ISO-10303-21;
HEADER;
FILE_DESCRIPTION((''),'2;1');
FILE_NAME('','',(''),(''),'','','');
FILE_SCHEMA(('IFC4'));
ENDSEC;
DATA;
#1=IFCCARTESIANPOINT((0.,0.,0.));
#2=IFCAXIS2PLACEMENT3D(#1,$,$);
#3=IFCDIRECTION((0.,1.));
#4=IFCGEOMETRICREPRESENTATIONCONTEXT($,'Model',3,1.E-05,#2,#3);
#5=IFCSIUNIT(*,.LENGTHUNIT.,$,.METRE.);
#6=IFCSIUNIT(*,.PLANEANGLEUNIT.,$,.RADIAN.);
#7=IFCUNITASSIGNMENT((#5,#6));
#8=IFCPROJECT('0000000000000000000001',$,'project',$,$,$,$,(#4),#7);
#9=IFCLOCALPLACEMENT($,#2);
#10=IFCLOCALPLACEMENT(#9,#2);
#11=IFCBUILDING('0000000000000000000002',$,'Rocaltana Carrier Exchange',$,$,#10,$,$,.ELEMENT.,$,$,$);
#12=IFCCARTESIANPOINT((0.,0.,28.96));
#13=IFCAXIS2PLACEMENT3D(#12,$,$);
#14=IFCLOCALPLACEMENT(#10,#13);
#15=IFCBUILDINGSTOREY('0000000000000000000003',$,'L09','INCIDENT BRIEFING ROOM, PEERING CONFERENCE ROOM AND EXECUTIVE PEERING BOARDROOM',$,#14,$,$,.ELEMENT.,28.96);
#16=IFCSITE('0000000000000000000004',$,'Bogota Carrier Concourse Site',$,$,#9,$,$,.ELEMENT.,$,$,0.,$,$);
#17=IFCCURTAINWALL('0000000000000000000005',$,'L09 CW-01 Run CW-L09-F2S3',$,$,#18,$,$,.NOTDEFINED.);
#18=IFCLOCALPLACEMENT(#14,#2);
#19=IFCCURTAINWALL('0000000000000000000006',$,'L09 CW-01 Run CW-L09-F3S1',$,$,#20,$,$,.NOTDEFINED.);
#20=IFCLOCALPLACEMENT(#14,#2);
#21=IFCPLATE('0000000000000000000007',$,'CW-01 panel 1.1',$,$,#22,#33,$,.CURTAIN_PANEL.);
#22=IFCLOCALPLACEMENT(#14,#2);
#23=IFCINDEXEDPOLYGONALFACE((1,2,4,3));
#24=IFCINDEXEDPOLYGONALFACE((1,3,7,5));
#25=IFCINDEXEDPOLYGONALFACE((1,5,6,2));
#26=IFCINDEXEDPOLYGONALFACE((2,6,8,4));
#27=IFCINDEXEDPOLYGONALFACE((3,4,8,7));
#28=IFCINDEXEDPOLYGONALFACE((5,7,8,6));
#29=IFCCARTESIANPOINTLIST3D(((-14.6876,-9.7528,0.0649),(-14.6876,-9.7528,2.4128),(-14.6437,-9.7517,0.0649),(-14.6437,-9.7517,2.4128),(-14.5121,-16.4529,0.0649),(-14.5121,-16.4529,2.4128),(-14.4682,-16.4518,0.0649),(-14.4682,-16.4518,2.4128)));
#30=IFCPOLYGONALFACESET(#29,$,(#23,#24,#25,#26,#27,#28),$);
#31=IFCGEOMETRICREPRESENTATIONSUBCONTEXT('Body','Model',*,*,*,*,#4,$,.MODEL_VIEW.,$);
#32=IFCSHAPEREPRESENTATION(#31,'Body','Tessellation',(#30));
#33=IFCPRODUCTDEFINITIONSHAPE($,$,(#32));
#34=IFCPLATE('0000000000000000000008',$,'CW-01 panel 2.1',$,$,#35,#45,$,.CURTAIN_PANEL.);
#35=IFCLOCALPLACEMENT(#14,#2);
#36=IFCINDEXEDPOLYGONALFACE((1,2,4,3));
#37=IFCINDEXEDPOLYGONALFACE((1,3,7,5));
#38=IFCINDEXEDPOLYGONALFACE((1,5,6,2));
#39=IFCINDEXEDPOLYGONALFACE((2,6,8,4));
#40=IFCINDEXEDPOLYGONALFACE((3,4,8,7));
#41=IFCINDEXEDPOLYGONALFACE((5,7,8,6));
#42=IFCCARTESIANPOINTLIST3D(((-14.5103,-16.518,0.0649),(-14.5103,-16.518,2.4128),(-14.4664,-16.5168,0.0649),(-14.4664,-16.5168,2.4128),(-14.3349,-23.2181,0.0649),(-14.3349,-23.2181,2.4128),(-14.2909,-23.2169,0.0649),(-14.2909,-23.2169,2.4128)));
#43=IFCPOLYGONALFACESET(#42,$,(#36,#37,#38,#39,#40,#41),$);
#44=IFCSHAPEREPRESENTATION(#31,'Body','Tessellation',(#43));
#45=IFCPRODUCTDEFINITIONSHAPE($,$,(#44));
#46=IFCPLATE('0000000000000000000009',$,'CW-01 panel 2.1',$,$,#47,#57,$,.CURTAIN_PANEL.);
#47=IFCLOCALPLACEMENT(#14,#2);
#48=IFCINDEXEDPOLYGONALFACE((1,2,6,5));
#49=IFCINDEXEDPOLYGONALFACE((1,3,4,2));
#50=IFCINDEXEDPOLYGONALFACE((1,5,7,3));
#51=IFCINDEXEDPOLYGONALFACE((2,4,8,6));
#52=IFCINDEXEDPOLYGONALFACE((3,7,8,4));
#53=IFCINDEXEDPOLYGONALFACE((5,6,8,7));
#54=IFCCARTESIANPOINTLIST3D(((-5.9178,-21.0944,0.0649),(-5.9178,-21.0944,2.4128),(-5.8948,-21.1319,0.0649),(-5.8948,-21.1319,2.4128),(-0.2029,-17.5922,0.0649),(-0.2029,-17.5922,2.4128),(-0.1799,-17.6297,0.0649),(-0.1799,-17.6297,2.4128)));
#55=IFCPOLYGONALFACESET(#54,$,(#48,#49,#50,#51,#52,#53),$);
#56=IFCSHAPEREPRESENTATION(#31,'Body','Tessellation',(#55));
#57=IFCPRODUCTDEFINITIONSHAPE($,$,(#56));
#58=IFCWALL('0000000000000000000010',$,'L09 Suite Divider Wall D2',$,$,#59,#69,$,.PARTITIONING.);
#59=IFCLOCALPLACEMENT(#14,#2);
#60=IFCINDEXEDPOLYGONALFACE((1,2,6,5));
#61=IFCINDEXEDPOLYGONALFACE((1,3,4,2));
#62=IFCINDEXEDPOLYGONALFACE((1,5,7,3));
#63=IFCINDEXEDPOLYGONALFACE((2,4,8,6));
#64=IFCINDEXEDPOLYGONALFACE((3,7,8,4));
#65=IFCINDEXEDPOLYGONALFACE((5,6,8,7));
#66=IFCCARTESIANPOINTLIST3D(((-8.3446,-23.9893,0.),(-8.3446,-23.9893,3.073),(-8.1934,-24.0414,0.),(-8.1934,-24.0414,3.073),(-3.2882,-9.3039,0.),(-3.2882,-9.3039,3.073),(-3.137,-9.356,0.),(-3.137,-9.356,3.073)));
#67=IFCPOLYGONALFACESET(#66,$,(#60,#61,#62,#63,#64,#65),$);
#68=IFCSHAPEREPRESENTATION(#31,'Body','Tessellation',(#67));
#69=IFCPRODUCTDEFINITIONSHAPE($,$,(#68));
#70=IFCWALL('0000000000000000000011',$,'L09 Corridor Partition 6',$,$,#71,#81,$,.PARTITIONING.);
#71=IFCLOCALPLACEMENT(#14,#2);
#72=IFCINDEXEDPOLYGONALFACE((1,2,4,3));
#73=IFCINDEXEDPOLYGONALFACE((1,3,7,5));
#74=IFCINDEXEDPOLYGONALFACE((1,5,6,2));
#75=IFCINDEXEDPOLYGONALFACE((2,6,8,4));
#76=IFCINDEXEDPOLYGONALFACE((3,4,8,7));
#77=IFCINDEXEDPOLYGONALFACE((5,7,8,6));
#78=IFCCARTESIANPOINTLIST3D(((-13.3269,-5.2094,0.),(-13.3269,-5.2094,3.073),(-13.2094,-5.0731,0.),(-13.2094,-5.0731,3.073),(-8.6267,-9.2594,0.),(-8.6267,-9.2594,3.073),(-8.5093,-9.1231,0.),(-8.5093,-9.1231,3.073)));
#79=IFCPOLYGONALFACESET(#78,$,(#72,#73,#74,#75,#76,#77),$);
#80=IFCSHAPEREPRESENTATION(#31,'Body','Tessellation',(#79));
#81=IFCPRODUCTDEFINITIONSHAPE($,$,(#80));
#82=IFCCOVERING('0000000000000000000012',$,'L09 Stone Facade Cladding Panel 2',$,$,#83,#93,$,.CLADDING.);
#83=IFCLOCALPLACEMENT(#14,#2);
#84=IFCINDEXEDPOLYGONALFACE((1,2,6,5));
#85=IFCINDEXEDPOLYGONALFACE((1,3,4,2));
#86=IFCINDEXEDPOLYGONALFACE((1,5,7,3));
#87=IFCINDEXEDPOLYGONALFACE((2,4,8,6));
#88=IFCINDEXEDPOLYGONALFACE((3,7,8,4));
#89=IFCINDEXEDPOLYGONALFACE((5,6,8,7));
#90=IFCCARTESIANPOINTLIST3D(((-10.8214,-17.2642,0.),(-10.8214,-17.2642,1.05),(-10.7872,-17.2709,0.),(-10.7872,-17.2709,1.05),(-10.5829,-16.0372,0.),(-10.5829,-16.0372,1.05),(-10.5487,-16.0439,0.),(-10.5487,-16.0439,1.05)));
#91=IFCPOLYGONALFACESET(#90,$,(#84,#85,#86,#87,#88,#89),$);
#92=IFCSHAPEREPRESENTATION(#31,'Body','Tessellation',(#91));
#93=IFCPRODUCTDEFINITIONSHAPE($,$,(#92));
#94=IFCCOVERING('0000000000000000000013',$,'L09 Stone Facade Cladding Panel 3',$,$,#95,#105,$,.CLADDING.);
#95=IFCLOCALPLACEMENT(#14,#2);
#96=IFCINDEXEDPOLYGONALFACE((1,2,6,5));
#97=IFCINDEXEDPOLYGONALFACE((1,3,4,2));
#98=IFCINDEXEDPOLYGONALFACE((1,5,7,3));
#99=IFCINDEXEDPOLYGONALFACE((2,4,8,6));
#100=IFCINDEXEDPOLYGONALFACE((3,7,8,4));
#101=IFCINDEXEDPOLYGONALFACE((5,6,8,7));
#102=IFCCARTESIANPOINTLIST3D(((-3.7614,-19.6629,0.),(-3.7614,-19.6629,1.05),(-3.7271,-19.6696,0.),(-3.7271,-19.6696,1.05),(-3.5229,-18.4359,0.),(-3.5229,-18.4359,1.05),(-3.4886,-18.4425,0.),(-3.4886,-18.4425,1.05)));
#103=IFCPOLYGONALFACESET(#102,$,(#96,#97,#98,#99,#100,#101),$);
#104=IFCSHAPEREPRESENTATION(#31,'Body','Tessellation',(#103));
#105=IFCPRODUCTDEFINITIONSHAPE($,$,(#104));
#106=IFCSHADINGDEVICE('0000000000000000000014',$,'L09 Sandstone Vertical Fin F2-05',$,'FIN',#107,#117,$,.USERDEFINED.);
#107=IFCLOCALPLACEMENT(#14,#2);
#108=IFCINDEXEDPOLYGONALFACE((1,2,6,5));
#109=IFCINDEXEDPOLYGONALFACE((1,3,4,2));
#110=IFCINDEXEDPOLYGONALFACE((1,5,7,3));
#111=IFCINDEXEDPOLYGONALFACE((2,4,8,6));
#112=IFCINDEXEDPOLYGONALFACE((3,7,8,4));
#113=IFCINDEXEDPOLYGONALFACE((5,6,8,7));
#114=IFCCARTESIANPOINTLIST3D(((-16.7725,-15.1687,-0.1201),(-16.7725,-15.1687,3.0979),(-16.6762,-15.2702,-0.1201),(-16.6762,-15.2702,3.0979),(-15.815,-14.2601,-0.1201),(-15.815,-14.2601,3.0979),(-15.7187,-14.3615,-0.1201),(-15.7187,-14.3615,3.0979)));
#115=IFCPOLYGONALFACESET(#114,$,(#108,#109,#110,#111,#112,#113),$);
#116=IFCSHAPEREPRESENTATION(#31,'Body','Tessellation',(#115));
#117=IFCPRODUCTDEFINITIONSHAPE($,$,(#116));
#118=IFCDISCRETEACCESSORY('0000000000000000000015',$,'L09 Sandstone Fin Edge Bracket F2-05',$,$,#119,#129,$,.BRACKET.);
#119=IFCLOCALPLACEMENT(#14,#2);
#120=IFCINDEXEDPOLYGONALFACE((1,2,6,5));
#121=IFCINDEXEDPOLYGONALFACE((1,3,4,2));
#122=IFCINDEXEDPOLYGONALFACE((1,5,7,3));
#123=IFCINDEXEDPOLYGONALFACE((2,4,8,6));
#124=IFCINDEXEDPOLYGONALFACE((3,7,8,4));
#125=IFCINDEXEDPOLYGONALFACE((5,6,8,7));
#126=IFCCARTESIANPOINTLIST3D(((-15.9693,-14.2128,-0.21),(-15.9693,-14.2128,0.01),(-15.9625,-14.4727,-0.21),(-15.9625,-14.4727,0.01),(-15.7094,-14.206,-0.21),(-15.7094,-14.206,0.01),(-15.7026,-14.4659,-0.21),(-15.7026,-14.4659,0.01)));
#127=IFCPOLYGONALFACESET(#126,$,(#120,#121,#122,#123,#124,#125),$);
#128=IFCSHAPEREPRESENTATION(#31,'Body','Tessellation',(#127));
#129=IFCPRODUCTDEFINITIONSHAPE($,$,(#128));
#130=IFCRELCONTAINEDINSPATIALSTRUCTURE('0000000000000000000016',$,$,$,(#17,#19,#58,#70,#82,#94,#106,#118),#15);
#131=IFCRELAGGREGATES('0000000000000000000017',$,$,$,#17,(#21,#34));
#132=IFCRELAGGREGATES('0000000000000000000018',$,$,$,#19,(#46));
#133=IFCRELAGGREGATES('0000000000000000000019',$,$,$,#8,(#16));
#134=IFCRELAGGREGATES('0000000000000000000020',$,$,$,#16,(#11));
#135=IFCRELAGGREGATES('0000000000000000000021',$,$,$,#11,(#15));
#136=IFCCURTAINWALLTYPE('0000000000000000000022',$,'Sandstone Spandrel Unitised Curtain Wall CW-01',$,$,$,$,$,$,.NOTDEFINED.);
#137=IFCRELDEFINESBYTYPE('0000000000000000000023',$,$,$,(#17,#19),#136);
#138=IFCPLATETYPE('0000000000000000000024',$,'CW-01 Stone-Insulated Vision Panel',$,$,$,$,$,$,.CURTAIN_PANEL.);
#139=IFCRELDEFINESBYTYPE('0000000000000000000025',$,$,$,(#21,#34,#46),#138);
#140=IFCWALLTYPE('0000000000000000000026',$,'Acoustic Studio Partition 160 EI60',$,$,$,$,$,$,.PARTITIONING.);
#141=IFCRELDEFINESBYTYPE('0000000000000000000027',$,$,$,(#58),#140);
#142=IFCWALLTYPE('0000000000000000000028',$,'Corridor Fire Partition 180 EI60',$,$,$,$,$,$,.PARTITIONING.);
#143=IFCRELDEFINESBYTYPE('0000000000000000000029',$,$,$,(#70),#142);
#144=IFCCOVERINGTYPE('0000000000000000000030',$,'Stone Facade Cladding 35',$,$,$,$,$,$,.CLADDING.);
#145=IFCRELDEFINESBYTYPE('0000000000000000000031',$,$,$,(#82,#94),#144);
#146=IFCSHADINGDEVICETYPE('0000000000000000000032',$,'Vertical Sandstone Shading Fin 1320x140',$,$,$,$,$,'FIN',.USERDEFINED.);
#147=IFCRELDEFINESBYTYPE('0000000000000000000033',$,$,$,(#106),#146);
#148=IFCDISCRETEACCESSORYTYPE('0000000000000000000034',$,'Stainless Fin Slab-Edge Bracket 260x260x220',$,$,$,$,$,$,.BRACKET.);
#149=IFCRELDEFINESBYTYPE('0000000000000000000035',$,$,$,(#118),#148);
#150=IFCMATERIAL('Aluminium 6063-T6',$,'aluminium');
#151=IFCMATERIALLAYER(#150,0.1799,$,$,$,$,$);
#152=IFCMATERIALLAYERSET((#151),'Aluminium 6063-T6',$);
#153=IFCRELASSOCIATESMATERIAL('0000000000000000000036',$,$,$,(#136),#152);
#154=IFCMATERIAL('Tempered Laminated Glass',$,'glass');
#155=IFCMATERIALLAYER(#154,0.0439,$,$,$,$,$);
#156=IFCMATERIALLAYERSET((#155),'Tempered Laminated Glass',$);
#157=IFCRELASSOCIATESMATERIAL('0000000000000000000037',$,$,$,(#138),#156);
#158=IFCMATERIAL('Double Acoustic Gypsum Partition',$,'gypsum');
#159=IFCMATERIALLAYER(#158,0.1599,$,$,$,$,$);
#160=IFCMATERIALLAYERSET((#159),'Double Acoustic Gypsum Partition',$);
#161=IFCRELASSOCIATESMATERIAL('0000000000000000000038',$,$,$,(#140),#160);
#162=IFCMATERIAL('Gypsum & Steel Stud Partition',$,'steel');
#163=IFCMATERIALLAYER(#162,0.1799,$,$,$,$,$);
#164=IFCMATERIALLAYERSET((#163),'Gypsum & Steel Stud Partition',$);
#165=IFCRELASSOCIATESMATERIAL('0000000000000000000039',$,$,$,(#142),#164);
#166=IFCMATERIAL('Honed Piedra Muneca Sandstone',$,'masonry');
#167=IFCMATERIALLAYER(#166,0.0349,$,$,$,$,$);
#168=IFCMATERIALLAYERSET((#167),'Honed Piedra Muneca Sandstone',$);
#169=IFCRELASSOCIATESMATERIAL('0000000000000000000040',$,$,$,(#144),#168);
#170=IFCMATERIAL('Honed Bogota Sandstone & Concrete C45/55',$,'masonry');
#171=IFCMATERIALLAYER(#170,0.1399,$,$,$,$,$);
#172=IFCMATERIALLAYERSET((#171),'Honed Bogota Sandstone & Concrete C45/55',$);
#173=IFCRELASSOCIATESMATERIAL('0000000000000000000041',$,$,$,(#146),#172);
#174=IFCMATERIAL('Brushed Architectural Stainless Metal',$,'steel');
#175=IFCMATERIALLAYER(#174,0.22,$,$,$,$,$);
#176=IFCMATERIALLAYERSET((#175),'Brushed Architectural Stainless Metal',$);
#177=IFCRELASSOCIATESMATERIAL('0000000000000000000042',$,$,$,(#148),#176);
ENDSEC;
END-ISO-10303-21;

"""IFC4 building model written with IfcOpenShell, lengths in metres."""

from ifc_helpers import new_model, si_unit, direction, frame, frame_2d, origin, origin_2d, place, context, subcontext, project, spatial, rectangle, extrude, material, layer, layer_set, type_object, element, aggregate, save


model = new_model("IFC4")

# Units and contexts
model_context = context("Model", 3, precision=1e-05, world=origin(), true_north=direction((0.0, 1.0)))
body_context = subcontext(model_context, "Body", "Model", "MODEL_VIEW")
ifc_project = project(units=[si_unit("LENGTHUNIT", "METRE"), si_unit("PLANEANGLEUNIT", "RADIAN")], contexts=[model_context])

# Site, building, storey
site_placement = place(None, origin())
site = spatial("IfcSite", under=ifc_project, at=site_placement, Name="Bogota Carrier Concourse Site", CompositionType="ELEMENT", RefElevation=0.0)
building_placement = place(site_placement, origin())
building = spatial("IfcBuilding", under=site, at=building_placement, Name="Rocaltana Carrier Exchange", CompositionType="ELEMENT")
storey_placement = place(building_placement, frame((0.0, 0.0, 28.96)))
storey = spatial("IfcBuildingStorey", under=building, at=storey_placement, Name="L09", Description="INCIDENT BRIEFING ROOM, PEERING CONFERENCE ROOM AND EXECUTIVE PEERING BOARDROOM", CompositionType="ELEMENT", Elevation=28.96)

# Curtain wall
ifc_material_1 = material(Name="Aluminium 6063-T6", Category="aluminium")
ifc_layer_1 = layer(ifc_material_1, 0.1799)
ifc_layer_set_1 = layer_set([ifc_layer_1], Name="Aluminium 6063-T6")
curtain_wall_type = type_object("IfcCurtainWallType", Name="Sandstone Spandrel Unitised Curtain Wall CW-01", PredefinedType="NOTDEFINED", material=ifc_layer_set_1)
curtain_wall_1_placement = place(storey_placement, origin())
curtain_wall_1 = element("IfcCurtainWall", 1, at=curtain_wall_1_placement, inside=storey, type_object=curtain_wall_type, Name="L09 CW-01 Run CW-L09-F2S3", PredefinedType="NOTDEFINED")

# Curtain wall
curtain_wall_2_placement = place(storey_placement, origin())
curtain_wall_2 = element("IfcCurtainWall", 2, at=curtain_wall_2_placement, inside=storey, type_object=curtain_wall_type, Name="L09 CW-01 Run CW-L09-F3S1", PredefinedType="NOTDEFINED")

# Plates
ifc_material_2 = material(Name="Tempered Laminated Glass", Category="glass")
ifc_layer_2 = layer(ifc_material_2, 0.0439)
ifc_layer_set_2 = layer_set([ifc_layer_2], Name="Tempered Laminated Glass")
plate_type = type_object("IfcPlateType", Name="CW-01 Stone-Insulated Vision Panel", PredefinedType="CURTAIN_PANEL", material=ifc_layer_set_2)
plate_1_placement = place(storey_placement, frame((-14.5779, -13.1023, 0.0649), z_axis=(0.0, 0.0, 1.0), x_axis=(0.026184, -0.999657, 0.0)))
plate_1 = element("IfcPlate", 3, at=plate_1_placement, type_object=plate_type, Name="CW-01 panel 1.1", PredefinedType="CURTAIN_PANEL", context=body_context, shape_type="SweptSolid", body=[
    extrude(rectangle(XDim=6.7024, YDim=0.0439, at=origin_2d()), origin(), (0.0, 0.0, 1.0), 2.3479),
])
plate_2_placement = place(storey_placement, frame((-14.4006, -19.8674, 0.0649), z_axis=(0.0, 0.0, 1.0), x_axis=(0.026184, -0.999657, 0.0)))
plate_2 = element("IfcPlate", 4, at=plate_2_placement, type_object=plate_type, Name="CW-01 panel 2.1", PredefinedType="CURTAIN_PANEL", context=body_context, shape_type="SweptSolid", body=[
    extrude(rectangle(XDim=6.7024, YDim=0.0439, at=origin_2d()), origin(), (0.0, 0.0, 1.0), 2.3479),
])
aggregate(curtain_wall_1, [plate_1, plate_2])
plate_3_placement = place(storey_placement, frame((-3.0488, -19.3621, 0.0649), z_axis=(0.0, 0.0, 1.0), x_axis=(0.852636, 0.522505, 0.0)))
plate_3 = element("IfcPlate", 5, at=plate_3_placement, type_object=plate_type, Name="CW-01 panel 2.1", PredefinedType="CURTAIN_PANEL", context=body_context, shape_type="SweptSolid", body=[
    extrude(rectangle(XDim=6.7026, YDim=0.0439, at=origin_2d()), origin(), (0.0, 0.0, 1.0), 2.3479),
])
aggregate(curtain_wall_2, [plate_3])

# Walls
ifc_material_3 = material(Name="Double Acoustic Gypsum Partition", Category="gypsum")
ifc_layer_3 = layer(ifc_material_3, 0.1599)
ifc_layer_set_3 = layer_set([ifc_layer_3], Name="Double Acoustic Gypsum Partition")
wall_type_1 = type_object("IfcWallType", Name="Acoustic Studio Partition 160 EI60", PredefinedType="PARTITIONING", material=ifc_layer_set_3)
wall_1_placement = place(storey_placement, frame((-3.2126, -9.3301, 0.0), z_axis=(0.0, 0.0, 1.0), x_axis=(-0.325559, -0.945522, 0.0)))
element("IfcWall", 6, at=wall_1_placement, inside=storey, type_object=wall_type_1, Name="L09 Suite Divider Wall D2", PredefinedType="PARTITIONING", context=body_context, shape_type="SweptSolid", body=[
    extrude(rectangle(XDim=15.5315, YDim=0.1599, at=frame_2d((7.7656, 0.0))), origin(), (0.0, 0.0, 1.0), 3.073),
])
ifc_material_4 = material(Name="Gypsum & Steel Stud Partition", Category="steel")
ifc_layer_4 = layer(ifc_material_4, 0.1799)
ifc_layer_set_4 = layer_set([ifc_layer_4], Name="Gypsum & Steel Stud Partition")
wall_type_2 = type_object("IfcWallType", Name="Corridor Fire Partition 180 EI60", PredefinedType="PARTITIONING", material=ifc_layer_set_4)
wall_2_placement = place(storey_placement, frame((-8.5681, -9.1912, 0.0), z_axis=(0.0, 0.0, 1.0), x_axis=(-0.757557, 0.652769, 0.0)))
element("IfcWall", 7, at=wall_2_placement, inside=storey, type_object=wall_type_2, Name="L09 Corridor Partition 6", PredefinedType="PARTITIONING", context=body_context, shape_type="SweptSolid", body=[
    extrude(rectangle(XDim=6.2043, YDim=0.1799, at=frame_2d((3.1021, 0.0))), origin(), (0.0, 0.0, 1.0), 3.073),
])

# Coverings
ifc_material_5 = material(Name="Honed Piedra Muneca Sandstone", Category="masonry")
ifc_layer_5 = layer(ifc_material_5, 0.0349)
ifc_layer_set_5 = layer_set([ifc_layer_5], Name="Honed Piedra Muneca Sandstone")
covering_type = type_object("IfcCoveringType", Name="Stone Facade Cladding 35", PredefinedType="CLADDING", material=ifc_layer_set_5)
for number, where, z_axis, x_axis, name in (
    (8, (-10.6851, -16.6541, 0.0), (0.0, 0.0, 1.0), (0.190809, 0.981627, 0.0), "L09 Stone Facade Cladding Panel 2"),
    (9, (-3.625, -19.0527, 0.0), (0.0, 0.0, 1.0), (0.190809, 0.981627, 0.0), "L09 Stone Facade Cladding Panel 3"),
):
    element("IfcCovering", number, at=place(storey_placement, frame(where, z_axis=z_axis, x_axis=x_axis)), inside=storey, type_object=covering_type, Name=name, PredefinedType="CLADDING", context=body_context, shape_type="SweptSolid", body=[
        extrude(rectangle(XDim=1.25, YDim=0.0349, at=origin_2d()), origin(), (0.0, 0.0, 1.0), 1.05),
    ])

# Shading device
ifc_material_6 = material(Name="Honed Bogota Sandstone & Concrete C45/55", Category="masonry")
ifc_layer_6 = layer(ifc_material_6, 0.1399)
ifc_layer_set_6 = layer_set([ifc_layer_6], Name="Honed Bogota Sandstone & Concrete C45/55")
shading_device_type = type_object("IfcShadingDeviceType", Name="Vertical Sandstone Shading Fin 1320x140", ElementType="FIN", PredefinedType="USERDEFINED", material=ifc_layer_set_6)
shading_device_placement = place(storey_placement, frame((-16.2456, -14.7651, -0.1201), z_axis=(0.0, 0.0, 1.0), x_axis=(-0.725374, -0.688355, 0.0)))
element("IfcShadingDevice", 10, at=shading_device_placement, inside=storey, type_object=shading_device_type, Name="L09 Sandstone Vertical Fin F2-05", ObjectType="FIN", PredefinedType="USERDEFINED", context=body_context, shape_type="SweptSolid", body=[
    extrude(rectangle(XDim=1.3201, YDim=0.1399, at=origin_2d()), origin(), (0.0, 0.0, 1.0), 3.218),
])

# Discrete accessory
ifc_material_7 = material(Name="Brushed Architectural Stainless Metal", Category="steel")
ifc_layer_7 = layer(ifc_material_7, 0.22)
ifc_layer_set_7 = layer_set([ifc_layer_7], Name="Brushed Architectural Stainless Metal")
discrete_accessory_type = type_object("IfcDiscreteAccessoryType", Name="Stainless Fin Slab-Edge Bracket 260x260x220", PredefinedType="BRACKET", material=ifc_layer_set_7)
discrete_accessory_placement = place(storey_placement, frame((-15.8359, -14.3394, -0.21), z_axis=(0.0, 0.0, 1.0), x_axis=(0.026177, -0.999657, 0.0)))
element("IfcDiscreteAccessory", 11, at=discrete_accessory_placement, inside=storey, type_object=discrete_accessory_type, Name="L09 Sandstone Fin Edge Bracket F2-05", PredefinedType="BRACKET", context=body_context, shape_type="SweptSolid", body=[
    extrude(rectangle(XDim=0.26, YDim=0.26, at=origin_2d()), origin(), (0.0, 0.0, 1.0), 0.22),
])

save(model, "model.ifc")
